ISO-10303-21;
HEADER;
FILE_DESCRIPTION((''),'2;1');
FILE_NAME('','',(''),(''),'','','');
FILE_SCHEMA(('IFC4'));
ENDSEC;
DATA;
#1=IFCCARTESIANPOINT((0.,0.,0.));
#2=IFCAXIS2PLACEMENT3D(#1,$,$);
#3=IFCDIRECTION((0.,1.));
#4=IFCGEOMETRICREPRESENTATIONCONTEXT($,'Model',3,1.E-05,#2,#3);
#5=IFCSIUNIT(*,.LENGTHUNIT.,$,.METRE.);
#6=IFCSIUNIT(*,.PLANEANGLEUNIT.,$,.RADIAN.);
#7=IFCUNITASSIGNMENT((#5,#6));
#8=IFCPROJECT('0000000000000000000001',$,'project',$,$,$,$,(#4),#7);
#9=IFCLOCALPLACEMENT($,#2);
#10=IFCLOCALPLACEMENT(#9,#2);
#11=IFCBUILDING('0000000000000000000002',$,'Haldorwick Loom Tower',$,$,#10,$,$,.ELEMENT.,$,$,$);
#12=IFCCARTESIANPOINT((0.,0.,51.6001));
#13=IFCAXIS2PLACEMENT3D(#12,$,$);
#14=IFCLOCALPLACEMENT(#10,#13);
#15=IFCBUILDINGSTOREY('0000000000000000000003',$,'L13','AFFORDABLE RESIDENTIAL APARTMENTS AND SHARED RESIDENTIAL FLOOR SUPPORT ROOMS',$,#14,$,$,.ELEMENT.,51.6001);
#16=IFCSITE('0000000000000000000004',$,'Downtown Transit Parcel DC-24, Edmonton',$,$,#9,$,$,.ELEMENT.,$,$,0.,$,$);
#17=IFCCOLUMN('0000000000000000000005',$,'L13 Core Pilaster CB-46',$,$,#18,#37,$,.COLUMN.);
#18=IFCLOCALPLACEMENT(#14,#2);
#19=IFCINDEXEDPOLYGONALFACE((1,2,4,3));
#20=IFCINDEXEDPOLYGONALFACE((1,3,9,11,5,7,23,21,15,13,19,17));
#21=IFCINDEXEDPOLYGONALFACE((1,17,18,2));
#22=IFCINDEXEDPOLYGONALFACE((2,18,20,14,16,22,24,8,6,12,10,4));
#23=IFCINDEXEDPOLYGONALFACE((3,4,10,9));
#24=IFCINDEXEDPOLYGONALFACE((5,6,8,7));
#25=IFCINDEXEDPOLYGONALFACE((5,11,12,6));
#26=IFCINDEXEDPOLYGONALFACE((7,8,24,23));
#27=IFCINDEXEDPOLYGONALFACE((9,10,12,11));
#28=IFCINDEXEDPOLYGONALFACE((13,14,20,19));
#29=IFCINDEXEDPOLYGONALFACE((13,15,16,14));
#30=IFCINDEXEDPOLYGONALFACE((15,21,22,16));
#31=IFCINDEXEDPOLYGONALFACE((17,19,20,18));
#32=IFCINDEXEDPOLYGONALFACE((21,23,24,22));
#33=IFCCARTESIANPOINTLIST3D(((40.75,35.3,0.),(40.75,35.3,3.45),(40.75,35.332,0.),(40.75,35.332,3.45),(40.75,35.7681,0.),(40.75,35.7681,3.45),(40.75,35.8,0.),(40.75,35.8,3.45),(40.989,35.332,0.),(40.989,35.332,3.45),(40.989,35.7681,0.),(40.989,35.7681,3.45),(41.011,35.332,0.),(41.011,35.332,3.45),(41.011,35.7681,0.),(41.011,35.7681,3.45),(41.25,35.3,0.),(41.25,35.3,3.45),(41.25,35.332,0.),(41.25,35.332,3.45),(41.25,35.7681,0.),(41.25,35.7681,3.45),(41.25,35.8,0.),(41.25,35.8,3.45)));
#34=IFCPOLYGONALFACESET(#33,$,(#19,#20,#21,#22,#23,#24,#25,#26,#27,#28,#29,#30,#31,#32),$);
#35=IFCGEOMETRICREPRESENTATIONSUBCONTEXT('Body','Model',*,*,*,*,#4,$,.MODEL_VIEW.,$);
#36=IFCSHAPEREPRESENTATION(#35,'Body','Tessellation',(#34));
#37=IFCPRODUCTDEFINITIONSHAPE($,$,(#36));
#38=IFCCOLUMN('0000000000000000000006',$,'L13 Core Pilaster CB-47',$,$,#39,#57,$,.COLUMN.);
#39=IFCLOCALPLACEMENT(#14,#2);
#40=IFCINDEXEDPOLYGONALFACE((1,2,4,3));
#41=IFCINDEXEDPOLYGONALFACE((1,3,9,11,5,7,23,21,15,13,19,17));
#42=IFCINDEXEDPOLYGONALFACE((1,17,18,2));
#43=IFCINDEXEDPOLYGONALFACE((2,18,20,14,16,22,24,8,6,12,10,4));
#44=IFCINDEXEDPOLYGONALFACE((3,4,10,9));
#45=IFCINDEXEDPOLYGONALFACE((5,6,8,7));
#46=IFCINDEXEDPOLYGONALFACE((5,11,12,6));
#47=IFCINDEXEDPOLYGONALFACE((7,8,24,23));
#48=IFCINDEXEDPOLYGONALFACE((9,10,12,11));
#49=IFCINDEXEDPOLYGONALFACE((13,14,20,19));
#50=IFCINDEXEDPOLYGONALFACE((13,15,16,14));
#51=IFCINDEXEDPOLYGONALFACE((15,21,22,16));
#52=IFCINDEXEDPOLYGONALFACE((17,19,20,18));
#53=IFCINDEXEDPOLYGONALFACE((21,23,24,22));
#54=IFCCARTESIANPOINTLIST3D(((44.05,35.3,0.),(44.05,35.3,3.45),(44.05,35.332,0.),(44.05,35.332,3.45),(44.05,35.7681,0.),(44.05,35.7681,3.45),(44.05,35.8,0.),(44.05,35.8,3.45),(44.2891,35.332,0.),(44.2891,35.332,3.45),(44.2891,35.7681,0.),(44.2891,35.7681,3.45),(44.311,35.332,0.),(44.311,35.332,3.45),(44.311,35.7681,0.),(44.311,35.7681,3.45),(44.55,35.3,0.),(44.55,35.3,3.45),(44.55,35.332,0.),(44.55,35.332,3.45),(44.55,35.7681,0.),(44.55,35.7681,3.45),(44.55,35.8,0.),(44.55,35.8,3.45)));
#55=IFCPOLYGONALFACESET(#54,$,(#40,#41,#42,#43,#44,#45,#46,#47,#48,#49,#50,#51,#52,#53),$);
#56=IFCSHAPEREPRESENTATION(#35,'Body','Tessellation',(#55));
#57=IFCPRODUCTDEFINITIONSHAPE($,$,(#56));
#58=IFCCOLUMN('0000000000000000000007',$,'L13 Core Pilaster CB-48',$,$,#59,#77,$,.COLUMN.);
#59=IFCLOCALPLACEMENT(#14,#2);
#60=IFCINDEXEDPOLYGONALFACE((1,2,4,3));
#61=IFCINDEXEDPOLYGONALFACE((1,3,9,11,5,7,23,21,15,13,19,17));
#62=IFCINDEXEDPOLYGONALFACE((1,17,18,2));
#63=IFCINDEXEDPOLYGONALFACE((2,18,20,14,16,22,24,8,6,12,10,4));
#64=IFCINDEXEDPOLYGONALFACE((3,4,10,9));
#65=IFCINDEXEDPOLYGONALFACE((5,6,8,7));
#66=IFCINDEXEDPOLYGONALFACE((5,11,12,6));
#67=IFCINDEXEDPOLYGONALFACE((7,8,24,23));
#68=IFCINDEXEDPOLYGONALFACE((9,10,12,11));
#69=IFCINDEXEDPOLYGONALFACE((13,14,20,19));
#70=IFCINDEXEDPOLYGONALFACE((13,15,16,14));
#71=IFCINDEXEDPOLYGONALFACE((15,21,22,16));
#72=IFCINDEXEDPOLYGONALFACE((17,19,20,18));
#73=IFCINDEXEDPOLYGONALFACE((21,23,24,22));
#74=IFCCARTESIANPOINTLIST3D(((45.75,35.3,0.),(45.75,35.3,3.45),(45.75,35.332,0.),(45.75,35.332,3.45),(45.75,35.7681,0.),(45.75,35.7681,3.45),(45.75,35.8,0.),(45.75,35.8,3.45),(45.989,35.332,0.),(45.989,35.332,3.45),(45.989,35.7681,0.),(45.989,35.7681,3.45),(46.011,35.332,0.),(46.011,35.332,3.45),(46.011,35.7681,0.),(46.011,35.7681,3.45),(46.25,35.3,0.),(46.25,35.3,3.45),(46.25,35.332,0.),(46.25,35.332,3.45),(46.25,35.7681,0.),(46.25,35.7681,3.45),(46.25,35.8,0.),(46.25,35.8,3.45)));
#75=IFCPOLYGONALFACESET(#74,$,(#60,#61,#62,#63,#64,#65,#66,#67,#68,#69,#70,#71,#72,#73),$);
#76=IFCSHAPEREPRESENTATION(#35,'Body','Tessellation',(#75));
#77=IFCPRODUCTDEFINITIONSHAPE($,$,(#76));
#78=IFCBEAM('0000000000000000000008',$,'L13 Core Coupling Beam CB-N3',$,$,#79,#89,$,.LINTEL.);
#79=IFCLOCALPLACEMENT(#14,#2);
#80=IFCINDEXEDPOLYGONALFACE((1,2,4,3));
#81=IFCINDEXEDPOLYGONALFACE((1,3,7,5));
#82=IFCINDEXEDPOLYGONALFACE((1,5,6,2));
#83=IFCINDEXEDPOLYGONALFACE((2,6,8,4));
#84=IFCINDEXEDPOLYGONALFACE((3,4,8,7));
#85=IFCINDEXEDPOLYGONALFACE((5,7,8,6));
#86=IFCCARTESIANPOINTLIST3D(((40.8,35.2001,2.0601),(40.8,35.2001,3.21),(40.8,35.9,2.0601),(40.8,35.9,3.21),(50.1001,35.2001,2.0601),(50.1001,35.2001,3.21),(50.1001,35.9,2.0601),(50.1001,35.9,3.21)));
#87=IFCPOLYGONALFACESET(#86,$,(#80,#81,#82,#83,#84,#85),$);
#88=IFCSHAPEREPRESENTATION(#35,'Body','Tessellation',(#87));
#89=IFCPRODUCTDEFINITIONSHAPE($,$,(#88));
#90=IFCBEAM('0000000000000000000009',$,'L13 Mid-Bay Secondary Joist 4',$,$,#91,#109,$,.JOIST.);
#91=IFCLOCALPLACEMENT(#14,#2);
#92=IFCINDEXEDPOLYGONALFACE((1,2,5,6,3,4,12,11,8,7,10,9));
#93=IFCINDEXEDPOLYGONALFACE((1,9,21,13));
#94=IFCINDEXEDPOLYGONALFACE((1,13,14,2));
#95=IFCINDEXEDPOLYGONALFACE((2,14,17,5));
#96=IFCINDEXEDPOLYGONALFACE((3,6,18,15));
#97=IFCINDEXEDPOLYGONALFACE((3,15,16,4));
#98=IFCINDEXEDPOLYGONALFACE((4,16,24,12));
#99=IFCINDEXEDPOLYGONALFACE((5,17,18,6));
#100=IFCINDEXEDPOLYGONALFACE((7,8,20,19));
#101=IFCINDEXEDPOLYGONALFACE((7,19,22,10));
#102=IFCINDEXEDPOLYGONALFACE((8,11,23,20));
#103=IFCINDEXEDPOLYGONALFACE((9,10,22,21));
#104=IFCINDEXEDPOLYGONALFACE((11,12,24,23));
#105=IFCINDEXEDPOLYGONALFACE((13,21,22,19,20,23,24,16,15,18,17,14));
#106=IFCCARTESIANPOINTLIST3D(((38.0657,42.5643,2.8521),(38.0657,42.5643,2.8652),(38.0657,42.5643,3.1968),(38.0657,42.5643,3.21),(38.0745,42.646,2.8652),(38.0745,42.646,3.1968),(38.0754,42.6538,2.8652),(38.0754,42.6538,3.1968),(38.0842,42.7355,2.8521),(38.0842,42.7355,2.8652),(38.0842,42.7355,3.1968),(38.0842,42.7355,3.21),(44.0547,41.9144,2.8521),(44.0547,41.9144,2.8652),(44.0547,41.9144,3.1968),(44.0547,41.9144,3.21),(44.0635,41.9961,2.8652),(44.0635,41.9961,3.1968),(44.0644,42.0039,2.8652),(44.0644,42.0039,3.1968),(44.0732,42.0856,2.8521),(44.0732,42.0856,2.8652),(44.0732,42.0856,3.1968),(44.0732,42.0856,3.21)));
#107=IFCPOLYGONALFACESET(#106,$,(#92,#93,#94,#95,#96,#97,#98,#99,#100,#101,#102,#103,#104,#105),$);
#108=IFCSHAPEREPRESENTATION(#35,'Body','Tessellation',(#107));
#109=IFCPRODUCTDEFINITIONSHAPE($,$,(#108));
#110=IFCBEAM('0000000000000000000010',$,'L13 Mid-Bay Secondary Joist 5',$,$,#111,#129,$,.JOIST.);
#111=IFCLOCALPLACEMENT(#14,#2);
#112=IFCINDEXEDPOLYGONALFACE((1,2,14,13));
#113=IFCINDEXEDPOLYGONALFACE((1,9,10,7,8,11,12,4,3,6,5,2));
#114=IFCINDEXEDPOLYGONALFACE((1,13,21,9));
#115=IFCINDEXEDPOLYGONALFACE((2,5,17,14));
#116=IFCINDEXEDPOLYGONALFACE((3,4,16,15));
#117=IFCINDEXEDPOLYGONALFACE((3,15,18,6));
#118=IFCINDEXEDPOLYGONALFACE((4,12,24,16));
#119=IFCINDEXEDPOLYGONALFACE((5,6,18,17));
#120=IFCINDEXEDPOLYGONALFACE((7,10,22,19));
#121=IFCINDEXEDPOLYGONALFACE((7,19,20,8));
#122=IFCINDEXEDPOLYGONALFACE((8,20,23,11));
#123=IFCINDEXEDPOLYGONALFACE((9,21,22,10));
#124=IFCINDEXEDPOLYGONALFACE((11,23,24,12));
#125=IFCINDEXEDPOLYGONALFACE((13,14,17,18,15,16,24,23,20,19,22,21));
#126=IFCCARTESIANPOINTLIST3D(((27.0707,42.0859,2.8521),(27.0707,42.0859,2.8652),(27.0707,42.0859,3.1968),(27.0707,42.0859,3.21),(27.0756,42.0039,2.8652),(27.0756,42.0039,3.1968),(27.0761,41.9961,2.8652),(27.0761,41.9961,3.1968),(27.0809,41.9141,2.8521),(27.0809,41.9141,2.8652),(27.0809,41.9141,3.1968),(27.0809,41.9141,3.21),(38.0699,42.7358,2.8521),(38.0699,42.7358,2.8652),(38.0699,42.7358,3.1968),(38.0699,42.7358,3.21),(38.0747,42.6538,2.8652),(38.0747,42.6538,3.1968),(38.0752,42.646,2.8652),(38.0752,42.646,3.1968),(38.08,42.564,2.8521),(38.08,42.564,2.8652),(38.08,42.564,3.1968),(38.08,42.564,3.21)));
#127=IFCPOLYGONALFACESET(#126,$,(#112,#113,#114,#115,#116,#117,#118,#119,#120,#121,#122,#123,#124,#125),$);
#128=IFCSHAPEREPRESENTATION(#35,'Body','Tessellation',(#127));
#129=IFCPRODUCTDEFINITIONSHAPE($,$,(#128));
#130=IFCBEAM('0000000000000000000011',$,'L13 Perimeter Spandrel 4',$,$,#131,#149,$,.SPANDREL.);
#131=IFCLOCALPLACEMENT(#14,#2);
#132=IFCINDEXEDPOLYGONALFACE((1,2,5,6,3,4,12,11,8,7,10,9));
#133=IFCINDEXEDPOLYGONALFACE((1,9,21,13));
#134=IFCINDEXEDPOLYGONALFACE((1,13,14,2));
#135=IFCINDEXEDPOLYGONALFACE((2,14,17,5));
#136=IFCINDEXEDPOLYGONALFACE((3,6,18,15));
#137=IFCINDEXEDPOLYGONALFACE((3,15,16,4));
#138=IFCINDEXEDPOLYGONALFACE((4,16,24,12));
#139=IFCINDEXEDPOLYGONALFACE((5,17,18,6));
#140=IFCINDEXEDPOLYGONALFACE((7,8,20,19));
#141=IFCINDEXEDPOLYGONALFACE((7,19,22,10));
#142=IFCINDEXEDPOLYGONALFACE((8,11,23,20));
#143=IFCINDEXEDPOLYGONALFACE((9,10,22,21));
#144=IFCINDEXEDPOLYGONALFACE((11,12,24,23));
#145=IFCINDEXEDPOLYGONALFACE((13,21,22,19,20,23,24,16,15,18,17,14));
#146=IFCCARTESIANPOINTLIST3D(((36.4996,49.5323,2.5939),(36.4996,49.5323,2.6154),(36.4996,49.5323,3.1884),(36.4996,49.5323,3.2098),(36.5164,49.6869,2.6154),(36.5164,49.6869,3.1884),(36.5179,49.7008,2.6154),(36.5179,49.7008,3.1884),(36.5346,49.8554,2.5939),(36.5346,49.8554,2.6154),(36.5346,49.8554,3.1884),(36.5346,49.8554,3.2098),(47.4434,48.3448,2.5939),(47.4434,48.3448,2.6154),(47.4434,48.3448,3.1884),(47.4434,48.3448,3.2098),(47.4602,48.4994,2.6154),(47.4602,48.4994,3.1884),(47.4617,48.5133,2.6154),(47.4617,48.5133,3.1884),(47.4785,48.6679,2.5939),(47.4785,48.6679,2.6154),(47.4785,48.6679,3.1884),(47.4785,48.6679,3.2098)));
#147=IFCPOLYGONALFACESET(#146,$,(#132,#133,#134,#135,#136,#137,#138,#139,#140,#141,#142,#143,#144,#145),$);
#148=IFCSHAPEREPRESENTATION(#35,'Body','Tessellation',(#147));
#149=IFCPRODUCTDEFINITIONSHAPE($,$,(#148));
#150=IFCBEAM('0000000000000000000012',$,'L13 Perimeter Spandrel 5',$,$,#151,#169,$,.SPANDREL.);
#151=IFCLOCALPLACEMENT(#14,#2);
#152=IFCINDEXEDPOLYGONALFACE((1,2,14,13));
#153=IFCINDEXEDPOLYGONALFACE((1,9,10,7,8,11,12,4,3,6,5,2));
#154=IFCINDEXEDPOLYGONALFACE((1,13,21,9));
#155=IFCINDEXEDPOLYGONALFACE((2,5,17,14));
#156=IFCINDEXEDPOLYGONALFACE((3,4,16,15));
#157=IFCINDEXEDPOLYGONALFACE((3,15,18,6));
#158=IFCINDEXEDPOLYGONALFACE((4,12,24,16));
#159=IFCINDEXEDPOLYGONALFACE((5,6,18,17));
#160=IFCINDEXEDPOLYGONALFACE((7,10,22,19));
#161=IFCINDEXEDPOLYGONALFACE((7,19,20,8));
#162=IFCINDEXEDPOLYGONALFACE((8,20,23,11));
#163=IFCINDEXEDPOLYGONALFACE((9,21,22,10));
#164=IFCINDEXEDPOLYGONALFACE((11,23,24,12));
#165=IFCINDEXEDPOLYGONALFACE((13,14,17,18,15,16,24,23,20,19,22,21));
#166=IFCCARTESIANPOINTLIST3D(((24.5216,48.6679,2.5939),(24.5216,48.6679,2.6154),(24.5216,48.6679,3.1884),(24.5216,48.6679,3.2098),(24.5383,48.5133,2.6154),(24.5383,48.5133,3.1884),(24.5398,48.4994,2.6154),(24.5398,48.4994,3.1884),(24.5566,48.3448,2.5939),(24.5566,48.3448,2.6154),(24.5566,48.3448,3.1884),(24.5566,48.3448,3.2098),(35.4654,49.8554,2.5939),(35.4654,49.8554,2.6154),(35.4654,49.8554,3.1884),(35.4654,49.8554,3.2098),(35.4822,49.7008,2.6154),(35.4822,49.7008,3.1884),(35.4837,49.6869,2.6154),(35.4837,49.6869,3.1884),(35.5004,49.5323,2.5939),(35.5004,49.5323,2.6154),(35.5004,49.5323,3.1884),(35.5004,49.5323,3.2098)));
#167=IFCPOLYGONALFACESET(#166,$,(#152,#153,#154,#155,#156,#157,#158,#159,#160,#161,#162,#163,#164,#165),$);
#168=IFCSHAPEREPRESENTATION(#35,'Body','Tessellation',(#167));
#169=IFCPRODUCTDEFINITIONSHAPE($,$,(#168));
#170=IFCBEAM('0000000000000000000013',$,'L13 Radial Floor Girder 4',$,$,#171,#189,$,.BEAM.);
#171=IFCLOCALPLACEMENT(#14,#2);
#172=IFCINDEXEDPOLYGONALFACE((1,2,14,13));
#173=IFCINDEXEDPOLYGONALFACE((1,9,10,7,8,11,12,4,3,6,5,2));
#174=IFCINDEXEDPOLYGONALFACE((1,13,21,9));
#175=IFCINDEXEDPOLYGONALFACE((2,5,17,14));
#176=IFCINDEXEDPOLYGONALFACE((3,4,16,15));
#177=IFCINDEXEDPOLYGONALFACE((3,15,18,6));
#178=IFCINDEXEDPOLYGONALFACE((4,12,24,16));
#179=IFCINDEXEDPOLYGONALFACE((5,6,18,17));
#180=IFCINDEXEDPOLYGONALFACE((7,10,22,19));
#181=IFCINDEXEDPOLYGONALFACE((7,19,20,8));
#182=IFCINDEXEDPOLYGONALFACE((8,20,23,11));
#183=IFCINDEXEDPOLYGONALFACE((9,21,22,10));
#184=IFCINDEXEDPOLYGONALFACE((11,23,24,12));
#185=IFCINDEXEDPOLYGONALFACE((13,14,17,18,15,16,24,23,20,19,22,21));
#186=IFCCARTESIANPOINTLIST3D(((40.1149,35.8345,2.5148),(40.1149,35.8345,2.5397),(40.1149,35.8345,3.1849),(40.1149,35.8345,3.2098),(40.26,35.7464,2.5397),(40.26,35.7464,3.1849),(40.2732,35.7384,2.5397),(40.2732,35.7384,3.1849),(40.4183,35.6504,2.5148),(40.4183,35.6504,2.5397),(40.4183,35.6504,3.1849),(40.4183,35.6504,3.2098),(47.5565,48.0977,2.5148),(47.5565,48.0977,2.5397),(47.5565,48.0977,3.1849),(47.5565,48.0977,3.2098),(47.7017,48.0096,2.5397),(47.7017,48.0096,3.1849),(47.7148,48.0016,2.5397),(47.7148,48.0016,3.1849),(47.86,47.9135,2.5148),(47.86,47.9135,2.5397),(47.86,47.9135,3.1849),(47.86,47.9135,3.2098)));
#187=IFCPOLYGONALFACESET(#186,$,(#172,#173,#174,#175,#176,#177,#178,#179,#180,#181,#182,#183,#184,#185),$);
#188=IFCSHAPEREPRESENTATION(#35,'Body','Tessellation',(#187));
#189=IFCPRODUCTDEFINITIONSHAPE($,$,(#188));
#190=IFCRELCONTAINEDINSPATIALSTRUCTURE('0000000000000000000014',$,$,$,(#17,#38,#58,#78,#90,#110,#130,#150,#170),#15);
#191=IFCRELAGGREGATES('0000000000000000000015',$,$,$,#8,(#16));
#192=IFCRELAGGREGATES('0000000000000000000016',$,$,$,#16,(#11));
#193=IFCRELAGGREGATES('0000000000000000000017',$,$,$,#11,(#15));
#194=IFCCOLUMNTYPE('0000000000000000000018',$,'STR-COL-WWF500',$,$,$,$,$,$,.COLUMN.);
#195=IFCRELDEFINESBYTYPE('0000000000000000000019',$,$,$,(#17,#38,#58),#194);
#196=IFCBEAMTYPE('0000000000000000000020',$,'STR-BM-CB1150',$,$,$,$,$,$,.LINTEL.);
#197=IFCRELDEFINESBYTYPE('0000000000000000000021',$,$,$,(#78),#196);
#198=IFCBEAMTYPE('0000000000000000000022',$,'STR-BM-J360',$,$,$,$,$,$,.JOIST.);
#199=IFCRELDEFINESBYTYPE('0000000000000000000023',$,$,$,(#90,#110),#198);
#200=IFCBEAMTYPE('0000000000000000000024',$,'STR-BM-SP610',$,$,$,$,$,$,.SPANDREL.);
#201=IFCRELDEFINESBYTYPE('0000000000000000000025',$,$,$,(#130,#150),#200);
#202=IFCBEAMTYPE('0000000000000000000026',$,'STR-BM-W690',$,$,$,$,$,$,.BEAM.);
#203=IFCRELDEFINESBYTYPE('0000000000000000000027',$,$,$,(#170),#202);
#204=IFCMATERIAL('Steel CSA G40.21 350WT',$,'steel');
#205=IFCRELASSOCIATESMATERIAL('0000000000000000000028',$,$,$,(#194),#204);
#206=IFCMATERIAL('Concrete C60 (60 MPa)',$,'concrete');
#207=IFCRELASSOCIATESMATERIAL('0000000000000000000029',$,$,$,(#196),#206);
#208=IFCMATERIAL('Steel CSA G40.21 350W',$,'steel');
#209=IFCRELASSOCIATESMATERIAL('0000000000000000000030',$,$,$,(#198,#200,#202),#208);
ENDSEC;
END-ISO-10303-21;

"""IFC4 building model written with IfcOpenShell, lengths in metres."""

from ifc_helpers import new_model, si_unit, direction, frame, origin, origin_2d, place, context, subcontext, project, spatial, rectangle, i_section, extrude, material, material_profile, profile_set, type_object, element, save


model = new_model("IFC4")

# Units and contexts
model_context = context("Model", 3, precision=1e-05, world=origin(), true_north=direction((0.0, 1.0)))
body_context = subcontext(model_context, "Body", "Model", "MODEL_VIEW")
ifc_project = project(units=[si_unit("LENGTHUNIT", "METRE"), si_unit("PLANEANGLEUNIT", "RADIAN")], contexts=[model_context])

# Site, building, storey
site_placement = place(None, origin())
site = spatial("IfcSite", under=ifc_project, at=site_placement, Name="Downtown Transit Parcel DC-24, Edmonton", CompositionType="ELEMENT", RefElevation=0.0)
building_placement = place(site_placement, origin())
building = spatial("IfcBuilding", under=site, at=building_placement, Name="Haldorwick Loom Tower", CompositionType="ELEMENT")
storey_placement = place(building_placement, frame((0.0, 0.0, 51.6001)))
storey = spatial("IfcBuildingStorey", under=building, at=storey_placement, Name="L13", Description="AFFORDABLE RESIDENTIAL APARTMENTS AND SHARED RESIDENTIAL FLOOR SUPPORT ROOMS", CompositionType="ELEMENT", Elevation=51.6001)

# Columns
ifc_material_1 = material(Name="Concrete C60 (60 MPa)", Category="concrete")
ifc_material_2 = material(Name="Steel CSA G40.21 350WT", Category="steel")
ifc_material_profile_1 = material_profile(ifc_material_2, i_section(OverallWidth=0.5, OverallDepth=0.5, WebThickness=0.022, FlangeThickness=0.032, at=origin_2d()), Name="WWF500X500", Category="steel")
ifc_profile_set_1 = profile_set([ifc_material_profile_1], Name="Steel CSA G40.21 350WT")
column_type_1 = type_object("IfcColumnType", Name="STR-COL-WWF500", PredefinedType="COLUMN", material=ifc_profile_set_1)
for number, where, z_axis, x_axis, name in (
    (1, (41.0, 35.55, 0.0), (0.0, 0.0, 1.0), (1.0, 0.0, 0.0), "L13 Core Pilaster CB-46"),
    (2, (44.3, 35.55, 0.0), (0.0, 0.0, 1.0), (1.0, 0.0, 0.0), "L13 Core Pilaster CB-47"),
    (3, (46.0, 35.55, 0.0), (0.0, 0.0, 1.0), (1.0, 0.0, 0.0), "L13 Core Pilaster CB-48"),
):
    element("IfcColumn", number, at=place(storey_placement, frame(where, z_axis=z_axis, x_axis=x_axis)), inside=storey, type_object=column_type_1, Name=name, PredefinedType="COLUMN", context=body_context, shape_type="SweptSolid", body=[
        extrude(i_section(OverallWidth=0.5, OverallDepth=0.5, WebThickness=0.022, FlangeThickness=0.032, at=origin_2d()), origin(), (0.0, 0.0, 1.0), 3.45),
    ])

# Beams
ifc_material_profile_2 = material_profile(ifc_material_1, rectangle(XDim=0.7, YDim=1.1499, at=origin_2d()), Name="RC700X1150", Category="concrete")
ifc_profile_set_2 = profile_set([ifc_material_profile_2], Name="Concrete C60 (60 MPa)")
beam_type_1 = type_object("IfcBeamType", Name="STR-BM-CB1150", PredefinedType="LINTEL", material=ifc_profile_set_2)
beam_1_placement = place(storey_placement, frame((40.8, 35.55, 2.635), z_axis=(1.0, 0.0, 0.0), x_axis=(0.0, 1.0, 0.0)))
element("IfcBeam", 4, at=beam_1_placement, inside=storey, type_object=beam_type_1, Name="L13 Core Coupling Beam CB-N3", PredefinedType="LINTEL", context=body_context, shape_type="SweptSolid", body=[
    extrude(rectangle(XDim=0.7, YDim=1.1499, at=origin_2d()), origin(), (0.0, 0.0, 1.0), 9.3),
])
ifc_material_3 = material(Name="Steel CSA G40.21 350W", Category="steel")
ifc_material_profile_3 = material_profile(ifc_material_3, i_section(OverallWidth=0.1721, OverallDepth=0.3579, WebThickness=0.0078, FlangeThickness=0.0132, at=origin_2d()), Name="W360X57", Category="steel")
ifc_profile_set_3 = profile_set([ifc_material_profile_3], Name="Steel CSA G40.21 350W")
beam_type_2 = type_object("IfcBeamType", Name="STR-BM-J360", PredefinedType="JOIST", material=ifc_profile_set_3)
beam_2_placement = place(storey_placement, frame((44.064, 42.0, 3.031), z_axis=(-0.994164, 0.107882, 0.0), x_axis=(-0.107882, -0.994164, 0.0)))
element("IfcBeam", 5, at=beam_2_placement, inside=storey, type_object=beam_type_2, Name="L13 Mid-Bay Secondary Joist 4", PredefinedType="JOIST", context=body_context, shape_type="SweptSolid", body=[
    extrude(i_section(OverallWidth=0.1721, OverallDepth=0.3579, WebThickness=0.0078, FlangeThickness=0.0132, at=origin_2d()), origin(), (0.0, 0.0, 1.0), 6.0242),
])
beam_3_placement = place(storey_placement, frame((38.075, 42.6499, 3.031), z_axis=(-0.998259, -0.058984, 0.0), x_axis=(0.058984, -0.998259, 0.0)))
element("IfcBeam", 6, at=beam_3_placement, inside=storey, type_object=beam_type_2, Name="L13 Mid-Bay Secondary Joist 5", PredefinedType="JOIST", context=body_context, shape_type="SweptSolid", body=[
    extrude(i_section(OverallWidth=0.1721, OverallDepth=0.3579, WebThickness=0.0078, FlangeThickness=0.0132, at=origin_2d()), origin(), (0.0, 0.0, 1.0), 11.0183),
])
ifc_material_profile_4 = material_profile(ifc_material_3, i_section(OverallWidth=0.325, OverallDepth=0.616, WebThickness=0.0139, FlangeThickness=0.0215, at=origin_2d()), Name="W610X174", Category="steel")
ifc_profile_set_4 = profile_set([ifc_material_profile_4], Name="Steel CSA G40.21 350W")
beam_type_3 = type_object("IfcBeamType", Name="STR-BM-SP610", PredefinedType="SPANDREL", material=ifc_profile_set_4)
for number, where, z_axis, x_axis, name in (
    (7, (47.4609, 48.5063, 2.9019), (-0.994164, 0.107875, 0.0), (-0.107875, -0.994164, 0.0), "L13 Perimeter Spandrel 4"),
    (8, (35.4829, 49.6938, 2.9019), (-0.994164, -0.107875, 0.0), (0.107875, -0.994164, 0.0), "L13 Perimeter Spandrel 5"),
):
    element("IfcBeam", number, at=place(storey_placement, frame(where, z_axis=z_axis, x_axis=x_axis)), inside=storey, type_object=beam_type_3, Name=name, PredefinedType="SPANDREL", context=body_context, shape_type="SweptSolid", body=[
        extrude(i_section(OverallWidth=0.325, OverallDepth=0.616, WebThickness=0.0139, FlangeThickness=0.0215, at=origin_2d()), origin(), (0.0, 0.0, 1.0), 11.0081),
    ])
ifc_material_profile_5 = material_profile(ifc_material_3, i_section(OverallWidth=0.355, OverallDepth=0.6951, WebThickness=0.0154, FlangeThickness=0.0249, at=origin_2d()), Name="W690X217", Category="steel")
ifc_profile_set_5 = profile_set([ifc_material_profile_5], Name="Steel CSA G40.21 350W")
beam_type_4 = type_object("IfcBeamType", Name="STR-BM-W690", PredefinedType="BEAM", material=ifc_profile_set_5)
beam_4_placement = place(storey_placement, frame((40.2666, 35.7424, 2.8623), z_axis=(0.518782, 0.854907, 0.0), x_axis=(-0.854907, 0.518782, 0.0)))
element("IfcBeam", 9, at=beam_4_placement, inside=storey, type_object=beam_type_4, Name="L13 Radial Floor Girder 4", PredefinedType="BEAM", context=body_context, shape_type="SweptSolid", body=[
    extrude(i_section(OverallWidth=0.355, OverallDepth=0.6951, WebThickness=0.0154, FlangeThickness=0.0249, at=origin_2d()), origin(), (0.0, 0.0, 1.0), 14.3445),
])

save(model, "model.ifc")
